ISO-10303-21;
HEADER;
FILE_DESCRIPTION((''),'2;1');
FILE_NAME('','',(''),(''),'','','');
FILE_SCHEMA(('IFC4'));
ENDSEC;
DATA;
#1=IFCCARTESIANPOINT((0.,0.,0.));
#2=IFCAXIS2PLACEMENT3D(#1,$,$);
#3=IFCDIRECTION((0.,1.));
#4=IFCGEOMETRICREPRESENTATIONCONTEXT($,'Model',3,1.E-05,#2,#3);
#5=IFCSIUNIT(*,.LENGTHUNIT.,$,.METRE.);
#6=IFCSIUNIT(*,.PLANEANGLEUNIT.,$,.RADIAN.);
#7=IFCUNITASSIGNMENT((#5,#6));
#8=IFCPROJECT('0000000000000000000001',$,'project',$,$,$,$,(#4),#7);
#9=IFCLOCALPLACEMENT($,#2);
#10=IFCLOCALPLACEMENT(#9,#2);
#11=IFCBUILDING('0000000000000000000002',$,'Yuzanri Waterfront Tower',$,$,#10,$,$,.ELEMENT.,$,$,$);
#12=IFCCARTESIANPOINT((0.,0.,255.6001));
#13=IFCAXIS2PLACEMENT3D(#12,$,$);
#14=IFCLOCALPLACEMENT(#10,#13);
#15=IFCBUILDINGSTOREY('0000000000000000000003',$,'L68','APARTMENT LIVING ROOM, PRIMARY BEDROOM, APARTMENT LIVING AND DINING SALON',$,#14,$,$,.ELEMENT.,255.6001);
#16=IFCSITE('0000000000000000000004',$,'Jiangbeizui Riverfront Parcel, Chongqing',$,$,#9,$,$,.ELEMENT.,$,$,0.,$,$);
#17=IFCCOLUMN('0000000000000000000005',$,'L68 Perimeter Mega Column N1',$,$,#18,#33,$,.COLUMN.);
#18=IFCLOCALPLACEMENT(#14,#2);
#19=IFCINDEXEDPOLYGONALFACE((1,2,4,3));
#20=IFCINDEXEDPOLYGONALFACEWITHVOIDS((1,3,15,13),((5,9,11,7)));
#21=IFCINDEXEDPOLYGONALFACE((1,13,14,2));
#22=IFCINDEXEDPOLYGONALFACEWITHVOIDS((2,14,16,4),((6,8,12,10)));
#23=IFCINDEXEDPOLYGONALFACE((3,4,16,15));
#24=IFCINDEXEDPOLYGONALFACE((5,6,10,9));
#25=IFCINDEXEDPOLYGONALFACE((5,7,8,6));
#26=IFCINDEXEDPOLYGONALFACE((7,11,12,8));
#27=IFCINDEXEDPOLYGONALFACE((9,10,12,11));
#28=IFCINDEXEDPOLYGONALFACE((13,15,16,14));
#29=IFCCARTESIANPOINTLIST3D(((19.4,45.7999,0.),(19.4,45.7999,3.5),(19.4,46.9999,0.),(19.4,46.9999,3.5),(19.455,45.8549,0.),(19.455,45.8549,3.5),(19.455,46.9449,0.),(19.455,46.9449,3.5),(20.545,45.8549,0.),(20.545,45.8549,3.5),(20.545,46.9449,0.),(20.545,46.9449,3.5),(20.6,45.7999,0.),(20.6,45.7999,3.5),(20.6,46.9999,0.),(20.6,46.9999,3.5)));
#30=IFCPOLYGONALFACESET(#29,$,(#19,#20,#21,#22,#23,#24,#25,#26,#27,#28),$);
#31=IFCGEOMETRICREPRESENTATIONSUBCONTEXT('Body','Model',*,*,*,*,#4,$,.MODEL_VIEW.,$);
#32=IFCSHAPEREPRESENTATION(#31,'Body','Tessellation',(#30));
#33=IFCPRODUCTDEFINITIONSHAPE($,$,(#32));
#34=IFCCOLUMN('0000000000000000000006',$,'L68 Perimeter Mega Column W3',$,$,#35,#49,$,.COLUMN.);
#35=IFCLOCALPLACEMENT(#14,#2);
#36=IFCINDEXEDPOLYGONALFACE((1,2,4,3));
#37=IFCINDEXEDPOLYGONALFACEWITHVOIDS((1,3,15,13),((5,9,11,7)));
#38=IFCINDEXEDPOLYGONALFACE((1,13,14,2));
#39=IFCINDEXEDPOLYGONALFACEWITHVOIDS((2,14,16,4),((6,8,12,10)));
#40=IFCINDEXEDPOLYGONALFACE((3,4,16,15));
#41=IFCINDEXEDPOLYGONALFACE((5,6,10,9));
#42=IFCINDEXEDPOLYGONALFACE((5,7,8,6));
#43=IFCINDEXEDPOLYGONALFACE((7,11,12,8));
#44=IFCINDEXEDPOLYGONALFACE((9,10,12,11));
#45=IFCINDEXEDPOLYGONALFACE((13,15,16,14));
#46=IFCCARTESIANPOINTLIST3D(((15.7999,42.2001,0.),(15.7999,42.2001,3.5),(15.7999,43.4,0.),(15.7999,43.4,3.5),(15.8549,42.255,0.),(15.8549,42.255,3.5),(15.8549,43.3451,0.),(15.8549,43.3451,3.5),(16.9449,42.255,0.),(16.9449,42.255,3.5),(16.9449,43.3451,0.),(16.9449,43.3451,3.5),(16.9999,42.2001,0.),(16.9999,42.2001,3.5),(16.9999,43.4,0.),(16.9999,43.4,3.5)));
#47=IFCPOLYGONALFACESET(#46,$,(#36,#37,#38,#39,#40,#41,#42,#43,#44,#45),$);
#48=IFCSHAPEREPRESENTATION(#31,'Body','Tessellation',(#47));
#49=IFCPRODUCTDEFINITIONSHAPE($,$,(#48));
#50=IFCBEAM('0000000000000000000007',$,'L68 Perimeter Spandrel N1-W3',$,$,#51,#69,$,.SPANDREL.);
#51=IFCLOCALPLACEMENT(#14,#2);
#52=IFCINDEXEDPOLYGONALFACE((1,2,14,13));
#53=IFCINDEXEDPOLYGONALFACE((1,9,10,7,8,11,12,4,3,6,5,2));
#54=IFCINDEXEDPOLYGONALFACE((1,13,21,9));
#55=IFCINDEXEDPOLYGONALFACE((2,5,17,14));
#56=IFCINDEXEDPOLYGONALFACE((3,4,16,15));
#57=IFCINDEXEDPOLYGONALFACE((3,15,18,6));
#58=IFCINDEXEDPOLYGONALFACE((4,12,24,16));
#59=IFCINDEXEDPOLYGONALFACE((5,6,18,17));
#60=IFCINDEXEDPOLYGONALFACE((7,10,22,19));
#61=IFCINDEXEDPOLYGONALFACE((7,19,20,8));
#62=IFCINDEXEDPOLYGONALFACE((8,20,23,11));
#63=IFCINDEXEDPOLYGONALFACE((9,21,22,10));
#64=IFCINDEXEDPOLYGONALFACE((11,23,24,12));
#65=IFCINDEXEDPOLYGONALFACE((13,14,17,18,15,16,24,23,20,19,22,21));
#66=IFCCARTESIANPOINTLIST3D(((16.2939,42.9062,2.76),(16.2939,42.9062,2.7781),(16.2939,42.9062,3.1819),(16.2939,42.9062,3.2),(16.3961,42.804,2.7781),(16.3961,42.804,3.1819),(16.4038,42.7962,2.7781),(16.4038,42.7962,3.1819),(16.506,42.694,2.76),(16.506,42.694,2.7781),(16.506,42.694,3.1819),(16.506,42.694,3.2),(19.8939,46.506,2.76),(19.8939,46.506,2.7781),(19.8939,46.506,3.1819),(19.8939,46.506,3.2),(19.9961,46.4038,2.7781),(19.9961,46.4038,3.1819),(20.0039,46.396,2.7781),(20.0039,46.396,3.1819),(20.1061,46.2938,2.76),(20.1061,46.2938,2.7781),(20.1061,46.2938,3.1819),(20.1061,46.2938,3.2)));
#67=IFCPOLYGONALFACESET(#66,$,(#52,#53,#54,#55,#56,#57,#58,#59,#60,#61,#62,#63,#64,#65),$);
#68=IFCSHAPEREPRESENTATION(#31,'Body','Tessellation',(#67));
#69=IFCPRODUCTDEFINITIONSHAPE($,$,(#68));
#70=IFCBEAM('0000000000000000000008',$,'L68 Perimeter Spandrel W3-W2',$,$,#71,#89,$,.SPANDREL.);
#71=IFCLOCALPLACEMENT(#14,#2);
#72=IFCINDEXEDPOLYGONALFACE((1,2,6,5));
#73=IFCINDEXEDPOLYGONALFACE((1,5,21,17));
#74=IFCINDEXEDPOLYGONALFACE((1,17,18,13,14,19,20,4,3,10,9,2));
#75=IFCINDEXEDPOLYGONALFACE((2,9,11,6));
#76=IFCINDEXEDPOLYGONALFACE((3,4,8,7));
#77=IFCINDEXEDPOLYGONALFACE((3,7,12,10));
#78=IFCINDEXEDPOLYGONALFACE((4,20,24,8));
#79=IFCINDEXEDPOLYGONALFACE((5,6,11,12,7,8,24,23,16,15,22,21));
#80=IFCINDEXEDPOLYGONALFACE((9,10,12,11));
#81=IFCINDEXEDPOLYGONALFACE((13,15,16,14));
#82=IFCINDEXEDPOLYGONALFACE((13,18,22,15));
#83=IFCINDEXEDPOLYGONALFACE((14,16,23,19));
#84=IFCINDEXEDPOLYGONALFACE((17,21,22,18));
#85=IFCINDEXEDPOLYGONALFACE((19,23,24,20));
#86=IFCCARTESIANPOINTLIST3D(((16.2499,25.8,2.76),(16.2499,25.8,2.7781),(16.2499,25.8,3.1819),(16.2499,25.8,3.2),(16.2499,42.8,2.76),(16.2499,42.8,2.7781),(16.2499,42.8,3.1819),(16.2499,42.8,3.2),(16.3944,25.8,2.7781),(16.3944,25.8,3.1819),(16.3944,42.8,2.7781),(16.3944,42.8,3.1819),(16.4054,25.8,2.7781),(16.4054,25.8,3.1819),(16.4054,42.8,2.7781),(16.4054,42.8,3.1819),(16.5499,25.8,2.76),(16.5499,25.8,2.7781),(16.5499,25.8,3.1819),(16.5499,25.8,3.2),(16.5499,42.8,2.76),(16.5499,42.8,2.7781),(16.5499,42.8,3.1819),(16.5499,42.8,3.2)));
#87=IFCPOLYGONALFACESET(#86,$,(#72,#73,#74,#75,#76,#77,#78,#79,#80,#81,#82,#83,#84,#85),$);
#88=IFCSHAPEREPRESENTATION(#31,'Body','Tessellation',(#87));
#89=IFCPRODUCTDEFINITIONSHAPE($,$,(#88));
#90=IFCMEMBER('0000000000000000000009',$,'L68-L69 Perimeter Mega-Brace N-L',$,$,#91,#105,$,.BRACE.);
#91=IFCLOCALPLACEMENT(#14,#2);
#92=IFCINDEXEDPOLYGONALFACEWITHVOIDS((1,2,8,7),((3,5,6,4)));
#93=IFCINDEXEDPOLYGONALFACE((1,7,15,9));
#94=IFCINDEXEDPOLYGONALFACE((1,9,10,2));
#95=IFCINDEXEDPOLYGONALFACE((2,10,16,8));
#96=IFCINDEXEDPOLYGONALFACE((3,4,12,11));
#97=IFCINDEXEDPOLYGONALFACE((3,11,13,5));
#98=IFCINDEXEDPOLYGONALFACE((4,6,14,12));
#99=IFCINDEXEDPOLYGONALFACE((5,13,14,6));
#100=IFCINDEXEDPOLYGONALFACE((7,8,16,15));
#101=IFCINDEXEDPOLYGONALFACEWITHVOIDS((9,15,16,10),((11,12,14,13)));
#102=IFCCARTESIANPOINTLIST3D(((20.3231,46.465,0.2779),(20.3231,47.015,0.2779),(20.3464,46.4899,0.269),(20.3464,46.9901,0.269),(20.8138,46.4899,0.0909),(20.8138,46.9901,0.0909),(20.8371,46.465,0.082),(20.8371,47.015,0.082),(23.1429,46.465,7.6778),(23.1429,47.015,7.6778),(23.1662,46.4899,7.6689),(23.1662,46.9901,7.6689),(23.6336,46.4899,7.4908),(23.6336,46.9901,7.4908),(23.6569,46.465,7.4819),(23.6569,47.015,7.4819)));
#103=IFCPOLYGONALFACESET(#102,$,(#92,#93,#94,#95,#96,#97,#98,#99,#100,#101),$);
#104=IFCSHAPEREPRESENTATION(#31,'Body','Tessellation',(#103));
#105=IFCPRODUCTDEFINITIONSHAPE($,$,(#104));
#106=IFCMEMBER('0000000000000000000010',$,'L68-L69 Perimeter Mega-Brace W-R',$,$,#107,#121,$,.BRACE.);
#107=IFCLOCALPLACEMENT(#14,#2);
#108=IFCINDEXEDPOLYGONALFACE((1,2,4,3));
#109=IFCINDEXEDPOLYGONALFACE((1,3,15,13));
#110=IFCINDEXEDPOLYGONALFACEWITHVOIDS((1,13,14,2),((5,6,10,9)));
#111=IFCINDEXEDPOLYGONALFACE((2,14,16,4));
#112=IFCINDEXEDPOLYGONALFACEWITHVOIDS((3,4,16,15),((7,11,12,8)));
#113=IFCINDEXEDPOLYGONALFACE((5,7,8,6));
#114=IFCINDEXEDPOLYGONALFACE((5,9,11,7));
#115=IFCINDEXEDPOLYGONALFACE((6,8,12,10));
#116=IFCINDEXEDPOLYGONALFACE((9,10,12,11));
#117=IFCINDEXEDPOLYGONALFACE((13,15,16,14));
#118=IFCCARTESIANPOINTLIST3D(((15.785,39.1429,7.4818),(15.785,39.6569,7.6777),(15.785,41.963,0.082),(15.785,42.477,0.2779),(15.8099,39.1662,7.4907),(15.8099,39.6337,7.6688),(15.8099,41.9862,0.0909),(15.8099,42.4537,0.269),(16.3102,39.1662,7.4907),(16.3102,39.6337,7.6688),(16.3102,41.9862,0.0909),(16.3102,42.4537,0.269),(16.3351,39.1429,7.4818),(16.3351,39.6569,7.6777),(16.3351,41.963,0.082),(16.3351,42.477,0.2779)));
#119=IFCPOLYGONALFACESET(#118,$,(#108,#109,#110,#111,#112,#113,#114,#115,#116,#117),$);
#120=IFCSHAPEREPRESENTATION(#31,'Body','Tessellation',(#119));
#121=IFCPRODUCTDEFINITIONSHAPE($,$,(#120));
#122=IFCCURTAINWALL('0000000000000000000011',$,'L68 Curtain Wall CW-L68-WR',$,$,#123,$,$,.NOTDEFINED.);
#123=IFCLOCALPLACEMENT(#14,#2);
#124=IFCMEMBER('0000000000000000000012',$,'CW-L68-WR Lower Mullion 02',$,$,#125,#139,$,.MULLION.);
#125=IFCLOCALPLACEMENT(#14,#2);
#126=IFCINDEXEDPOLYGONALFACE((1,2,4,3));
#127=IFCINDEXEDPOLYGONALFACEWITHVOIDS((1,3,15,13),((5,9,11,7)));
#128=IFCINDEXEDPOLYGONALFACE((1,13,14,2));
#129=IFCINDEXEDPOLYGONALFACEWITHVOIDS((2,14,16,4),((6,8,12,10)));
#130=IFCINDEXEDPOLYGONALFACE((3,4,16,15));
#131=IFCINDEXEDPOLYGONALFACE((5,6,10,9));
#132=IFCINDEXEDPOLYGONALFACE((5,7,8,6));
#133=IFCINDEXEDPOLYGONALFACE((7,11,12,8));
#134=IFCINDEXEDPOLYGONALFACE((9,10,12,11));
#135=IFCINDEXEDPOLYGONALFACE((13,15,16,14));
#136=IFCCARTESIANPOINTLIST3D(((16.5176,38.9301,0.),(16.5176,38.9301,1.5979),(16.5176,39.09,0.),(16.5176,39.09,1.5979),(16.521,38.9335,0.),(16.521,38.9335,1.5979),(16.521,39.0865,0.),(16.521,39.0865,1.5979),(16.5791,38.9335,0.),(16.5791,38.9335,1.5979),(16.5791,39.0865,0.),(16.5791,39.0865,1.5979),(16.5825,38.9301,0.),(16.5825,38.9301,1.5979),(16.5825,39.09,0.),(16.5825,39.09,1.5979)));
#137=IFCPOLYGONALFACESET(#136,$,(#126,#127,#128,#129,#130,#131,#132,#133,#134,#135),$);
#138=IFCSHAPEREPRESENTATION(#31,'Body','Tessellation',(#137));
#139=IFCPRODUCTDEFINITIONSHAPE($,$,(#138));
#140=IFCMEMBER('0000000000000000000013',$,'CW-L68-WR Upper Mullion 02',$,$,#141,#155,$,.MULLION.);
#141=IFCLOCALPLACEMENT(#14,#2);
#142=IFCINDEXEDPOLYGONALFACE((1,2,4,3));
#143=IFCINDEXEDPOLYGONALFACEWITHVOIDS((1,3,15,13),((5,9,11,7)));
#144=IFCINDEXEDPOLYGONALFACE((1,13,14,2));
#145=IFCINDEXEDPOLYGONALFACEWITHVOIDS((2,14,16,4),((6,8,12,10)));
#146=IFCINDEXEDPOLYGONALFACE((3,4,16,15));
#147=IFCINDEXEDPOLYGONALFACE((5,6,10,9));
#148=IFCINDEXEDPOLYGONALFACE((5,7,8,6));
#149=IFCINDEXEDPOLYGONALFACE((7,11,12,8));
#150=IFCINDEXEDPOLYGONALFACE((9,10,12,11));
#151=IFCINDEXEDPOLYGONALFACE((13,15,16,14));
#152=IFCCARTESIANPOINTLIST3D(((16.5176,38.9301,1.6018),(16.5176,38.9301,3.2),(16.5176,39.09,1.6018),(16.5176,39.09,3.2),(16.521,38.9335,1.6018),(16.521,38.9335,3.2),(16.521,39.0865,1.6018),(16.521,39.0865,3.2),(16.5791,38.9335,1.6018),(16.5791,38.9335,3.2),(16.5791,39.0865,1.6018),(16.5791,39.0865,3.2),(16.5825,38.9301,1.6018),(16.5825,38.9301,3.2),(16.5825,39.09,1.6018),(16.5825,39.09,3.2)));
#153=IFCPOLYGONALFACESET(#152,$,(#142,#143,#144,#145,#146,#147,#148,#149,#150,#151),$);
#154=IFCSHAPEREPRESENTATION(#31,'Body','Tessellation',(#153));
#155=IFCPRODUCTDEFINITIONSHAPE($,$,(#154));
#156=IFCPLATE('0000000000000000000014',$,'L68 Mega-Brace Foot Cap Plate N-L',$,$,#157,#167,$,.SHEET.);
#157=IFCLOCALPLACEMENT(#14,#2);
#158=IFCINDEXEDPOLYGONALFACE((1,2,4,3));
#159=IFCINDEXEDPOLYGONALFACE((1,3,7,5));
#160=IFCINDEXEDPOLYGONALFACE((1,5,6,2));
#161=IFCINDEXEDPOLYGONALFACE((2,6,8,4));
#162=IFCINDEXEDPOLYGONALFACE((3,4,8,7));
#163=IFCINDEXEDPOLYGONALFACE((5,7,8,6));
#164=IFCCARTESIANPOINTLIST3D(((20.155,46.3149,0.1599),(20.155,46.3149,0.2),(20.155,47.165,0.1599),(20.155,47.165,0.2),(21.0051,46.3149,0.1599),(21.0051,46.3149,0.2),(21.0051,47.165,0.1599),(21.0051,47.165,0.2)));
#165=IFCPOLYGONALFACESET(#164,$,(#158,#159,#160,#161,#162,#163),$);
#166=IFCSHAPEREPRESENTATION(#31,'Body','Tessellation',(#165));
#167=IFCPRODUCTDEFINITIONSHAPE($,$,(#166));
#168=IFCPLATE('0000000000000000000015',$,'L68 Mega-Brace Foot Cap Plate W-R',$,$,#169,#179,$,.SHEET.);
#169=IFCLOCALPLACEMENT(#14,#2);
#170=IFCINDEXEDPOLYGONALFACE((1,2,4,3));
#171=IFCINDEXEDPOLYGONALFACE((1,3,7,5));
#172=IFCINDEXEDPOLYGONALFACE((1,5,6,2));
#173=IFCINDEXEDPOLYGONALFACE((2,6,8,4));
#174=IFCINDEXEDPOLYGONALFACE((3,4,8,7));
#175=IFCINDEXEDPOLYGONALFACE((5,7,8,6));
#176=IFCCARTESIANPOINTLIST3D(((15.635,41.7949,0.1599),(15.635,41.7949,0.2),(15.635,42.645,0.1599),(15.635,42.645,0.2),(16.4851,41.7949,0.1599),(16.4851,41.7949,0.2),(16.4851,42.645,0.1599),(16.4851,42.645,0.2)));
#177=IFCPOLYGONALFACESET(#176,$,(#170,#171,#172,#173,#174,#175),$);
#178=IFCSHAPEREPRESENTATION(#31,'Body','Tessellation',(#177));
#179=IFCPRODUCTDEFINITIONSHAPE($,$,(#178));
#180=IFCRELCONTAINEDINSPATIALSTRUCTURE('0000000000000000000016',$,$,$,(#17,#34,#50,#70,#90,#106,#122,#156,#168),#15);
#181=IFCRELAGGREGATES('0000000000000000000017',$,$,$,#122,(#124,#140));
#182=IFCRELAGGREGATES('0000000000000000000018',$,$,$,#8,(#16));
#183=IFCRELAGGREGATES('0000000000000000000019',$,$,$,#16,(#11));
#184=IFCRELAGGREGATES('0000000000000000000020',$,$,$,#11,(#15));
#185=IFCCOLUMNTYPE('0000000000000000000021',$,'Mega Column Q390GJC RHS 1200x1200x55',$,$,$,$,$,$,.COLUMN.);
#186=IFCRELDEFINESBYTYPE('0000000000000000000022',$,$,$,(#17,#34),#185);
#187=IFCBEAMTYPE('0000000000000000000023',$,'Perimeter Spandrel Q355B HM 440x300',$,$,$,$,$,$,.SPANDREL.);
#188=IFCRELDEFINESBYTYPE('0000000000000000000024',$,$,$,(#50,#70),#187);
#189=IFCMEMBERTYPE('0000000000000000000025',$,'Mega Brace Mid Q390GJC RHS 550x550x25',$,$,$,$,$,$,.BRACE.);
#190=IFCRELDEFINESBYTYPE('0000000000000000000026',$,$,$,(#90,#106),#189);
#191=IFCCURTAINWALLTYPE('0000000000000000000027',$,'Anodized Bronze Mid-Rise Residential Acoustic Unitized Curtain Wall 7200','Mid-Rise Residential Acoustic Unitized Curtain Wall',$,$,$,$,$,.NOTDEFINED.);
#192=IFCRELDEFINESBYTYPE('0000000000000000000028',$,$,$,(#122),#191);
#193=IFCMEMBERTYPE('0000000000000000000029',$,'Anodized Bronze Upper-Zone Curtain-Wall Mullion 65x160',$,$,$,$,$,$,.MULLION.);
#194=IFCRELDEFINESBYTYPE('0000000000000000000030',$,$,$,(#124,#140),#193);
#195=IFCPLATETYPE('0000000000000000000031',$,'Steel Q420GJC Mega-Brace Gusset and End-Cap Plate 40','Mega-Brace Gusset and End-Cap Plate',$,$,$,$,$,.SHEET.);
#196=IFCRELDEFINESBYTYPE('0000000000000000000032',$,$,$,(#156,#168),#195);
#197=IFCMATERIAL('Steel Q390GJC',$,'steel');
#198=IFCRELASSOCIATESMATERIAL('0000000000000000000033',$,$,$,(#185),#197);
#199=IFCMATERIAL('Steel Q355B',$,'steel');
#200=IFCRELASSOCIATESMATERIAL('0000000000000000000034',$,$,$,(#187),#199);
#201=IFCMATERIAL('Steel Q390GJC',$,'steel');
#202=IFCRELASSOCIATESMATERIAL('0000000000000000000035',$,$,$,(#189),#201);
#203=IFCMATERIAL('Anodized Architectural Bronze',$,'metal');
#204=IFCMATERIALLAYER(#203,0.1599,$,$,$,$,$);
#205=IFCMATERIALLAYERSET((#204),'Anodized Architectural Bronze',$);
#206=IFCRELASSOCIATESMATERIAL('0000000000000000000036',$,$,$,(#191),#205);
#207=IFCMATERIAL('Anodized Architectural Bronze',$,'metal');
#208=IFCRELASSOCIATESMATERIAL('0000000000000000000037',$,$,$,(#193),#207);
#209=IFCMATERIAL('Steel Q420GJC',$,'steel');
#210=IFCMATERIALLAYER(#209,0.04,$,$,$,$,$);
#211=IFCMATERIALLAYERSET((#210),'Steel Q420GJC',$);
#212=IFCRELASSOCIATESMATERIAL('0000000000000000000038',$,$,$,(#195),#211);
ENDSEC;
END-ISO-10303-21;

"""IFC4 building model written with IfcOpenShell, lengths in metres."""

from ifc_helpers import new_model, si_unit, direction, frame, origin, origin_2d, place, context, subcontext, project, spatial, rectangle, hollow_rectangle, i_section, extrude, source, transform, mapped, material, layer, layer_set, material_profile, profile_set, type_object, element, aggregate, save


model = new_model("IFC4")

# Units and contexts
model_context = context("Model", 3, precision=1e-05, world=origin(), true_north=direction((0.0, 1.0)))
body_context = subcontext(model_context, "Body", "Model", "MODEL_VIEW")
ifc_project = project(units=[si_unit("LENGTHUNIT", "METRE"), si_unit("PLANEANGLEUNIT", "RADIAN")], contexts=[model_context])

# Site, building, storey
site_placement = place(None, origin())
site = spatial("IfcSite", under=ifc_project, at=site_placement, Name="Jiangbeizui Riverfront Parcel, Chongqing", CompositionType="ELEMENT", RefElevation=0.0)
building_placement = place(site_placement, origin())
building = spatial("IfcBuilding", under=site, at=building_placement, Name="Yuzanri Waterfront Tower", CompositionType="ELEMENT")
storey_placement = place(building_placement, frame((0.0, 0.0, 255.6001)))
storey = spatial("IfcBuildingStorey", under=building, at=storey_placement, Name="L68", Description="APARTMENT LIVING ROOM, PRIMARY BEDROOM, APARTMENT LIVING AND DINING SALON", CompositionType="ELEMENT", Elevation=255.6001)

# Columns
ifc_material_1 = material(Name="Steel Q390GJC", Category="steel")
ifc_material_profile_1 = material_profile(ifc_material_1, hollow_rectangle(XDim=1.2, YDim=1.2, WallThickness=0.0549, at=origin_2d()), Name="RHS 1200x1200x55")
ifc_profile_set_1 = profile_set([ifc_material_profile_1], Name="Steel Q390GJC")
column_type = type_object("IfcColumnType", Name="Mega Column Q390GJC RHS 1200x1200x55", PredefinedType="COLUMN", material=ifc_profile_set_1)
shared_shape_1 = source(origin(), body_context, "Body", "SweptSolid", [
    extrude(hollow_rectangle(XDim=1.2, YDim=1.2, WallThickness=0.0549, at=origin_2d()), origin(), (0.0, 0.0, 1.0), 3.5),
])
for number, where, z_axis, x_axis, name in (
    (1, (20.0, 46.3999, 0.0), (0.0, 0.0, 1.0), (1.0, 0.0, 0.0), "L68 Perimeter Mega Column N1"),
    (2, (16.3999, 42.8, 0.0), (0.0, 0.0, 1.0), (1.0, 0.0, 0.0), "L68 Perimeter Mega Column W3"),
):
    element("IfcColumn", number, at=place(storey_placement, frame(where, z_axis=z_axis, x_axis=x_axis)), inside=storey, type_object=column_type, Name=name, PredefinedType="COLUMN", context=body_context, shape_type="MappedRepresentation", body=[
        mapped(shared_shape_1, transform((0.0, 0.0, 0.0), scale=1.0)),
    ])

# Beams
ifc_material_2 = material(Name="Steel Q355B", Category="steel")
ifc_material_profile_2 = material_profile(ifc_material_2, i_section(OverallWidth=0.3, OverallDepth=0.4399, WebThickness=0.011, FlangeThickness=0.0181, at=origin_2d()), Name="HM 440x300x11x18")
ifc_profile_set_2 = profile_set([ifc_material_profile_2], Name="Steel Q355B")
beam_type = type_object("IfcBeamType", Name="Perimeter Spandrel Q355B HM 440x300", PredefinedType="SPANDREL", material=ifc_profile_set_2)
shared_shape_2 = source(origin(), body_context, "Body", "SweptSolid", [
    extrude(i_section(OverallWidth=0.3, OverallDepth=0.4399, WebThickness=0.011, FlangeThickness=0.0181, at=origin_2d()), origin(), (0.0, 0.0, 1.0), 5.0911),
])
beam_1_placement = place(storey_placement, frame((20.0, 46.3999, 2.98), z_axis=(-0.707131, -0.707083, 0.0), x_axis=(0.707083, -0.707131, 0.0)))
element("IfcBeam", 3, at=beam_1_placement, inside=storey, type_object=beam_type, Name="L68 Perimeter Spandrel N1-W3", PredefinedType="SPANDREL", context=body_context, shape_type="MappedRepresentation", body=[
    mapped(shared_shape_2, transform((0.0, 0.0, 0.0), scale=1.0)),
])
shared_shape_3 = source(origin(), body_context, "Body", "SweptSolid", [
    extrude(i_section(OverallWidth=0.3, OverallDepth=0.4399, WebThickness=0.011, FlangeThickness=0.0181, at=origin_2d()), origin(), (0.0, 0.0, 1.0), 17.0),
])
beam_2_placement = place(storey_placement, frame((16.3999, 42.8, 2.98), z_axis=(0.0, -1.0, 0.0), x_axis=(1.0, 0.0, 0.0)))
element("IfcBeam", 4, at=beam_2_placement, inside=storey, type_object=beam_type, Name="L68 Perimeter Spandrel W3-W2", PredefinedType="SPANDREL", context=body_context, shape_type="MappedRepresentation", body=[
    mapped(shared_shape_3, transform((0.0, 0.0, 0.0), scale=1.0)),
])

# Members
ifc_material_3 = material(Name="Steel Q390GJC", Category="steel")
ifc_material_profile_3 = material_profile(ifc_material_3, hollow_rectangle(XDim=0.55, YDim=0.55, WallThickness=0.0249, at=origin_2d()), Name="RHS 550x550x25")
ifc_profile_set_3 = profile_set([ifc_material_profile_3], Name="Steel Q390GJC")
member_type_1 = type_object("IfcMemberType", Name="Mega Brace Mid Q390GJC RHS 550x550x25", PredefinedType="BRACE", material=ifc_profile_set_3)
shared_shape_4 = source(origin(), body_context, "Body", "SweptSolid", [
    extrude(hollow_rectangle(XDim=0.55, YDim=0.55, WallThickness=0.0249, at=origin_2d()), origin(), (0.0, 0.0, 1.0), 7.9189),
])
for number, where, z_axis, x_axis, name in (
    (5, (20.5801, 46.74, 0.1799), (0.356085, 0.0, 0.934454), (0.0, 1.0, 0.0), "L68-L69 Perimeter Mega-Brace N-L"),
    (6, (16.0601, 42.22, 0.1799), (0.0, -0.356112, 0.934443), (1.0, 0.0, 0.0), "L68-L69 Perimeter Mega-Brace W-R"),
):
    element("IfcMember", number, at=place(storey_placement, frame(where, z_axis=z_axis, x_axis=x_axis)), inside=storey, type_object=member_type_1, Name=name, PredefinedType="BRACE", context=body_context, shape_type="MappedRepresentation", body=[
        mapped(shared_shape_4, transform((0.0, 0.0, 0.0), scale=1.0)),
    ])

# Curtain wall, members
ifc_material_4 = material(Name="Anodized Architectural Bronze", Category="metal")
ifc_layer_1 = layer(ifc_material_4, 0.1599)
ifc_layer_set_1 = layer_set([ifc_layer_1], Name="Anodized Architectural Bronze")
curtain_wall_type = type_object("IfcCurtainWallType", Name="Anodized Bronze Mid-Rise Residential Acoustic Unitized Curtain Wall 7200", Description="Mid-Rise Residential Acoustic Unitized Curtain Wall", PredefinedType="NOTDEFINED", material=ifc_layer_set_1)
curtain_wall_placement = place(storey_placement, origin())
curtain_wall = element("IfcCurtainWall", 7, at=curtain_wall_placement, inside=storey, type_object=curtain_wall_type, Name="L68 Curtain Wall CW-L68-WR", PredefinedType="NOTDEFINED")
ifc_material_5 = material(Name="Anodized Architectural Bronze", Category="metal")
ifc_material_profile_4 = material_profile(ifc_material_5, hollow_rectangle(XDim=0.0649, YDim=0.1599, WallThickness=0.0034, at=origin_2d()), Name="CWM 65x160")
ifc_profile_set_4 = profile_set([ifc_material_profile_4], Name="Anodized Architectural Bronze")
member_type_2 = type_object("IfcMemberType", Name="Anodized Bronze Upper-Zone Curtain-Wall Mullion 65x160", PredefinedType="MULLION", material=ifc_profile_set_4)
shared_shape_5 = source(origin(), body_context, "Body", "SweptSolid", [
    extrude(hollow_rectangle(XDim=0.0649, YDim=0.1599, WallThickness=0.0034, at=origin_2d()), origin(), (0.0, 0.0, 1.0), 1.5979),
])
member_1_placement = place(storey_placement, frame((16.55, 39.01, 0.0), z_axis=(0.0, 0.0, 1.0), x_axis=(1.0, 0.0, 0.0)))
member_1 = element("IfcMember", 8, at=member_1_placement, type_object=member_type_2, Name="CW-L68-WR Lower Mullion 02", PredefinedType="MULLION", context=body_context, shape_type="MappedRepresentation", body=[
    mapped(shared_shape_5, transform((0.0, 0.0, 0.0), scale=1.0)),
])
shared_shape_6 = source(origin(), body_context, "Body", "SweptSolid", [
    extrude(hollow_rectangle(XDim=0.0649, YDim=0.1599, WallThickness=0.0034, at=origin_2d()), origin(), (0.0, 0.0, 1.0), 1.5981),
])
member_2_placement = place(storey_placement, frame((16.55, 39.01, 1.6018), z_axis=(0.0, 0.0, 1.0), x_axis=(1.0, 0.0, 0.0)))
member_2 = element("IfcMember", 9, at=member_2_placement, type_object=member_type_2, Name="CW-L68-WR Upper Mullion 02", PredefinedType="MULLION", context=body_context, shape_type="MappedRepresentation", body=[
    mapped(shared_shape_6, transform((0.0, 0.0, 0.0), scale=1.0)),
])

# Plates
ifc_material_6 = material(Name="Steel Q420GJC", Category="steel")
ifc_layer_2 = layer(ifc_material_6, 0.04)
ifc_layer_set_2 = layer_set([ifc_layer_2], Name="Steel Q420GJC")
plate_type_1 = type_object("IfcPlateType", Name="Steel Q420GJC Mega-Brace Gusset and End-Cap Plate 40", Description="Mega-Brace Gusset and End-Cap Plate", PredefinedType="SHEET", material=ifc_layer_set_2)
shared_shape_7 = source(origin(), body_context, "Body", "SweptSolid", [
    extrude(rectangle(XDim=0.8501, YDim=0.8501, at=origin_2d()), origin(), (0.0, 0.0, 1.0), 0.04),
])
for number, where, z_axis, x_axis, name in (
    (10, (20.5801, 46.74, 0.1599), (0.0, 0.0, 1.0), (1.0, 0.0, 0.0), "L68 Mega-Brace Foot Cap Plate N-L"),
    (11, (16.0601, 42.22, 0.1599), (0.0, 0.0, 1.0), (1.0, 0.0, 0.0), "L68 Mega-Brace Foot Cap Plate W-R"),
):
    element("IfcPlate", number, at=place(storey_placement, frame(where, z_axis=z_axis, x_axis=x_axis)), inside=storey, type_object=plate_type_1, Name=name, PredefinedType="SHEET", context=body_context, shape_type="MappedRepresentation", body=[
        mapped(shared_shape_7, transform((0.0, 0.0, 0.0), scale=1.0)),
    ])

aggregate(curtain_wall, [member_1, member_2])

save(model, "model.ifc")
